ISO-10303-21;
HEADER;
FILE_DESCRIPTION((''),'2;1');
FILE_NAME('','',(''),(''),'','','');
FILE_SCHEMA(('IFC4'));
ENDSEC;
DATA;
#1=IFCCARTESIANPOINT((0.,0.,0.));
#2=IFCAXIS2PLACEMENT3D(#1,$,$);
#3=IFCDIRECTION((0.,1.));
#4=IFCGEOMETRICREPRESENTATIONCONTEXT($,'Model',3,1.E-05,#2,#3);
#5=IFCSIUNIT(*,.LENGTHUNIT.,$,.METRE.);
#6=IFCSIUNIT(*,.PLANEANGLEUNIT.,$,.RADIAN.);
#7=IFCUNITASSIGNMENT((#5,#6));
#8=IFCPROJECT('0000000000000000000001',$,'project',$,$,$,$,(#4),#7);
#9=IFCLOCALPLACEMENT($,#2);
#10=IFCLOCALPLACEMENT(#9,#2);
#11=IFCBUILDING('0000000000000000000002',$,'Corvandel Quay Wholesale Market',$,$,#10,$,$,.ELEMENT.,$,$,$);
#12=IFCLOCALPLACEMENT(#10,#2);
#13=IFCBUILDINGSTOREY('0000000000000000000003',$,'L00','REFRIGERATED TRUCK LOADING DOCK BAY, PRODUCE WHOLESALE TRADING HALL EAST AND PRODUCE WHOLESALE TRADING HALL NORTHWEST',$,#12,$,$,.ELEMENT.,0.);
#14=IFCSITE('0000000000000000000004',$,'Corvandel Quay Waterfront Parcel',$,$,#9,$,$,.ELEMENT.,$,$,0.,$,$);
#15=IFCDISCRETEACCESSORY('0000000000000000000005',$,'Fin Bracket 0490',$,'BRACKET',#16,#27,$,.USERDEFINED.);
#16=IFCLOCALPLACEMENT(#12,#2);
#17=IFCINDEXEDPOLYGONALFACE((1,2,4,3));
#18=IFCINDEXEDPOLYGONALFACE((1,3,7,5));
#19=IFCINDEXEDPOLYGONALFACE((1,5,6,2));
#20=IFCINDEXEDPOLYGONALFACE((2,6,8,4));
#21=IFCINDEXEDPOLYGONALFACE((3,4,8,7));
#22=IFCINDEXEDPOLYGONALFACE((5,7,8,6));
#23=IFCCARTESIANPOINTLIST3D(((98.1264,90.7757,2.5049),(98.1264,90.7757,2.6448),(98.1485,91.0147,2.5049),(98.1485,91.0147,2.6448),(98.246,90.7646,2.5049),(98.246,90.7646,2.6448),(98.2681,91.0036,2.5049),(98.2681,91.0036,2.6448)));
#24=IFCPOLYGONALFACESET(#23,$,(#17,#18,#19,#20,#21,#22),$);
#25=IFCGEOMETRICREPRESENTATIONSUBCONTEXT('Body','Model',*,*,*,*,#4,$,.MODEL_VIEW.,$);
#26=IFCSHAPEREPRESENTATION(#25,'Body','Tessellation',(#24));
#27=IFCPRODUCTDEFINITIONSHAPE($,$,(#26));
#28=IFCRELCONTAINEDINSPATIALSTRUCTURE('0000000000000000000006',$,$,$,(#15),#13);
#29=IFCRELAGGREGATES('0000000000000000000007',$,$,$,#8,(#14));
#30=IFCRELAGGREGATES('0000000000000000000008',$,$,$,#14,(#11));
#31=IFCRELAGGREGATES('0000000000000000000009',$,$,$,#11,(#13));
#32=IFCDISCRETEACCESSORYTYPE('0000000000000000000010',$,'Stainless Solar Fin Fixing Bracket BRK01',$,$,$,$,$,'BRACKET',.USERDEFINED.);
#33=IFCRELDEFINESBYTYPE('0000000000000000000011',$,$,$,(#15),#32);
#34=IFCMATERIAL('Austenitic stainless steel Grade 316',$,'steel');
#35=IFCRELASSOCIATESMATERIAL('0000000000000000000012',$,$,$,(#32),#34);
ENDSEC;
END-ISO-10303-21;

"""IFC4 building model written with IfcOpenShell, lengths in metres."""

from ifc_helpers import new_model, si_unit, direction, frame, origin, origin_2d, place, context, subcontext, project, spatial, rectangle, extrude, material, type_object, element, save


model = new_model("IFC4")

# Units and contexts
model_context = context("Model", 3, precision=1e-05, world=origin(), true_north=direction((0.0, 1.0)))
body_context = subcontext(model_context, "Body", "Model", "MODEL_VIEW")
ifc_project = project(units=[si_unit("LENGTHUNIT", "METRE"), si_unit("PLANEANGLEUNIT", "RADIAN")], contexts=[model_context])

# Site, building, storey
site_placement = place(None, origin())
site = spatial("IfcSite", under=ifc_project, at=site_placement, Name="Corvandel Quay Waterfront Parcel", CompositionType="ELEMENT", RefElevation=0.0)
building_placement = place(site_placement, origin())
building = spatial("IfcBuilding", under=site, at=building_placement, Name="Corvandel Quay Wholesale Market", CompositionType="ELEMENT")
storey_placement = place(building_placement, origin())
storey = spatial("IfcBuildingStorey", under=building, at=storey_placement, Name="L00", Description="REFRIGERATED TRUCK LOADING DOCK BAY, PRODUCE WHOLESALE TRADING HALL EAST AND PRODUCE WHOLESALE TRADING HALL NORTHWEST", CompositionType="ELEMENT", Elevation=0.0)

# Discrete accessory
ifc_material_1 = material(Name="Austenitic stainless steel Grade 316", Category="steel")
discrete_accessory_type = type_object("IfcDiscreteAccessoryType", Name="Stainless Solar Fin Fixing Bracket BRK01", ElementType="BRACKET", PredefinedType="USERDEFINED", material=ifc_material_1)
discrete_accessory_placement = place(storey_placement, frame((98.1973, 90.8896, 2.5049), z_axis=(0.0, 0.0, 1.0), x_axis=(0.092023, 0.995757, 0.0)))
element("IfcDiscreteAccessory", 1, at=discrete_accessory_placement, inside=storey, type_object=discrete_accessory_type, Name="Fin Bracket 0490", ObjectType="BRACKET", PredefinedType="USERDEFINED", context=body_context, shape_type="SweptSolid", body=[
    extrude(rectangle(XDim=0.24, YDim=0.1201, at=origin_2d()), origin(), (0.0, 0.0, 1.0), 0.1399),
])

save(model, "model.ifc")
